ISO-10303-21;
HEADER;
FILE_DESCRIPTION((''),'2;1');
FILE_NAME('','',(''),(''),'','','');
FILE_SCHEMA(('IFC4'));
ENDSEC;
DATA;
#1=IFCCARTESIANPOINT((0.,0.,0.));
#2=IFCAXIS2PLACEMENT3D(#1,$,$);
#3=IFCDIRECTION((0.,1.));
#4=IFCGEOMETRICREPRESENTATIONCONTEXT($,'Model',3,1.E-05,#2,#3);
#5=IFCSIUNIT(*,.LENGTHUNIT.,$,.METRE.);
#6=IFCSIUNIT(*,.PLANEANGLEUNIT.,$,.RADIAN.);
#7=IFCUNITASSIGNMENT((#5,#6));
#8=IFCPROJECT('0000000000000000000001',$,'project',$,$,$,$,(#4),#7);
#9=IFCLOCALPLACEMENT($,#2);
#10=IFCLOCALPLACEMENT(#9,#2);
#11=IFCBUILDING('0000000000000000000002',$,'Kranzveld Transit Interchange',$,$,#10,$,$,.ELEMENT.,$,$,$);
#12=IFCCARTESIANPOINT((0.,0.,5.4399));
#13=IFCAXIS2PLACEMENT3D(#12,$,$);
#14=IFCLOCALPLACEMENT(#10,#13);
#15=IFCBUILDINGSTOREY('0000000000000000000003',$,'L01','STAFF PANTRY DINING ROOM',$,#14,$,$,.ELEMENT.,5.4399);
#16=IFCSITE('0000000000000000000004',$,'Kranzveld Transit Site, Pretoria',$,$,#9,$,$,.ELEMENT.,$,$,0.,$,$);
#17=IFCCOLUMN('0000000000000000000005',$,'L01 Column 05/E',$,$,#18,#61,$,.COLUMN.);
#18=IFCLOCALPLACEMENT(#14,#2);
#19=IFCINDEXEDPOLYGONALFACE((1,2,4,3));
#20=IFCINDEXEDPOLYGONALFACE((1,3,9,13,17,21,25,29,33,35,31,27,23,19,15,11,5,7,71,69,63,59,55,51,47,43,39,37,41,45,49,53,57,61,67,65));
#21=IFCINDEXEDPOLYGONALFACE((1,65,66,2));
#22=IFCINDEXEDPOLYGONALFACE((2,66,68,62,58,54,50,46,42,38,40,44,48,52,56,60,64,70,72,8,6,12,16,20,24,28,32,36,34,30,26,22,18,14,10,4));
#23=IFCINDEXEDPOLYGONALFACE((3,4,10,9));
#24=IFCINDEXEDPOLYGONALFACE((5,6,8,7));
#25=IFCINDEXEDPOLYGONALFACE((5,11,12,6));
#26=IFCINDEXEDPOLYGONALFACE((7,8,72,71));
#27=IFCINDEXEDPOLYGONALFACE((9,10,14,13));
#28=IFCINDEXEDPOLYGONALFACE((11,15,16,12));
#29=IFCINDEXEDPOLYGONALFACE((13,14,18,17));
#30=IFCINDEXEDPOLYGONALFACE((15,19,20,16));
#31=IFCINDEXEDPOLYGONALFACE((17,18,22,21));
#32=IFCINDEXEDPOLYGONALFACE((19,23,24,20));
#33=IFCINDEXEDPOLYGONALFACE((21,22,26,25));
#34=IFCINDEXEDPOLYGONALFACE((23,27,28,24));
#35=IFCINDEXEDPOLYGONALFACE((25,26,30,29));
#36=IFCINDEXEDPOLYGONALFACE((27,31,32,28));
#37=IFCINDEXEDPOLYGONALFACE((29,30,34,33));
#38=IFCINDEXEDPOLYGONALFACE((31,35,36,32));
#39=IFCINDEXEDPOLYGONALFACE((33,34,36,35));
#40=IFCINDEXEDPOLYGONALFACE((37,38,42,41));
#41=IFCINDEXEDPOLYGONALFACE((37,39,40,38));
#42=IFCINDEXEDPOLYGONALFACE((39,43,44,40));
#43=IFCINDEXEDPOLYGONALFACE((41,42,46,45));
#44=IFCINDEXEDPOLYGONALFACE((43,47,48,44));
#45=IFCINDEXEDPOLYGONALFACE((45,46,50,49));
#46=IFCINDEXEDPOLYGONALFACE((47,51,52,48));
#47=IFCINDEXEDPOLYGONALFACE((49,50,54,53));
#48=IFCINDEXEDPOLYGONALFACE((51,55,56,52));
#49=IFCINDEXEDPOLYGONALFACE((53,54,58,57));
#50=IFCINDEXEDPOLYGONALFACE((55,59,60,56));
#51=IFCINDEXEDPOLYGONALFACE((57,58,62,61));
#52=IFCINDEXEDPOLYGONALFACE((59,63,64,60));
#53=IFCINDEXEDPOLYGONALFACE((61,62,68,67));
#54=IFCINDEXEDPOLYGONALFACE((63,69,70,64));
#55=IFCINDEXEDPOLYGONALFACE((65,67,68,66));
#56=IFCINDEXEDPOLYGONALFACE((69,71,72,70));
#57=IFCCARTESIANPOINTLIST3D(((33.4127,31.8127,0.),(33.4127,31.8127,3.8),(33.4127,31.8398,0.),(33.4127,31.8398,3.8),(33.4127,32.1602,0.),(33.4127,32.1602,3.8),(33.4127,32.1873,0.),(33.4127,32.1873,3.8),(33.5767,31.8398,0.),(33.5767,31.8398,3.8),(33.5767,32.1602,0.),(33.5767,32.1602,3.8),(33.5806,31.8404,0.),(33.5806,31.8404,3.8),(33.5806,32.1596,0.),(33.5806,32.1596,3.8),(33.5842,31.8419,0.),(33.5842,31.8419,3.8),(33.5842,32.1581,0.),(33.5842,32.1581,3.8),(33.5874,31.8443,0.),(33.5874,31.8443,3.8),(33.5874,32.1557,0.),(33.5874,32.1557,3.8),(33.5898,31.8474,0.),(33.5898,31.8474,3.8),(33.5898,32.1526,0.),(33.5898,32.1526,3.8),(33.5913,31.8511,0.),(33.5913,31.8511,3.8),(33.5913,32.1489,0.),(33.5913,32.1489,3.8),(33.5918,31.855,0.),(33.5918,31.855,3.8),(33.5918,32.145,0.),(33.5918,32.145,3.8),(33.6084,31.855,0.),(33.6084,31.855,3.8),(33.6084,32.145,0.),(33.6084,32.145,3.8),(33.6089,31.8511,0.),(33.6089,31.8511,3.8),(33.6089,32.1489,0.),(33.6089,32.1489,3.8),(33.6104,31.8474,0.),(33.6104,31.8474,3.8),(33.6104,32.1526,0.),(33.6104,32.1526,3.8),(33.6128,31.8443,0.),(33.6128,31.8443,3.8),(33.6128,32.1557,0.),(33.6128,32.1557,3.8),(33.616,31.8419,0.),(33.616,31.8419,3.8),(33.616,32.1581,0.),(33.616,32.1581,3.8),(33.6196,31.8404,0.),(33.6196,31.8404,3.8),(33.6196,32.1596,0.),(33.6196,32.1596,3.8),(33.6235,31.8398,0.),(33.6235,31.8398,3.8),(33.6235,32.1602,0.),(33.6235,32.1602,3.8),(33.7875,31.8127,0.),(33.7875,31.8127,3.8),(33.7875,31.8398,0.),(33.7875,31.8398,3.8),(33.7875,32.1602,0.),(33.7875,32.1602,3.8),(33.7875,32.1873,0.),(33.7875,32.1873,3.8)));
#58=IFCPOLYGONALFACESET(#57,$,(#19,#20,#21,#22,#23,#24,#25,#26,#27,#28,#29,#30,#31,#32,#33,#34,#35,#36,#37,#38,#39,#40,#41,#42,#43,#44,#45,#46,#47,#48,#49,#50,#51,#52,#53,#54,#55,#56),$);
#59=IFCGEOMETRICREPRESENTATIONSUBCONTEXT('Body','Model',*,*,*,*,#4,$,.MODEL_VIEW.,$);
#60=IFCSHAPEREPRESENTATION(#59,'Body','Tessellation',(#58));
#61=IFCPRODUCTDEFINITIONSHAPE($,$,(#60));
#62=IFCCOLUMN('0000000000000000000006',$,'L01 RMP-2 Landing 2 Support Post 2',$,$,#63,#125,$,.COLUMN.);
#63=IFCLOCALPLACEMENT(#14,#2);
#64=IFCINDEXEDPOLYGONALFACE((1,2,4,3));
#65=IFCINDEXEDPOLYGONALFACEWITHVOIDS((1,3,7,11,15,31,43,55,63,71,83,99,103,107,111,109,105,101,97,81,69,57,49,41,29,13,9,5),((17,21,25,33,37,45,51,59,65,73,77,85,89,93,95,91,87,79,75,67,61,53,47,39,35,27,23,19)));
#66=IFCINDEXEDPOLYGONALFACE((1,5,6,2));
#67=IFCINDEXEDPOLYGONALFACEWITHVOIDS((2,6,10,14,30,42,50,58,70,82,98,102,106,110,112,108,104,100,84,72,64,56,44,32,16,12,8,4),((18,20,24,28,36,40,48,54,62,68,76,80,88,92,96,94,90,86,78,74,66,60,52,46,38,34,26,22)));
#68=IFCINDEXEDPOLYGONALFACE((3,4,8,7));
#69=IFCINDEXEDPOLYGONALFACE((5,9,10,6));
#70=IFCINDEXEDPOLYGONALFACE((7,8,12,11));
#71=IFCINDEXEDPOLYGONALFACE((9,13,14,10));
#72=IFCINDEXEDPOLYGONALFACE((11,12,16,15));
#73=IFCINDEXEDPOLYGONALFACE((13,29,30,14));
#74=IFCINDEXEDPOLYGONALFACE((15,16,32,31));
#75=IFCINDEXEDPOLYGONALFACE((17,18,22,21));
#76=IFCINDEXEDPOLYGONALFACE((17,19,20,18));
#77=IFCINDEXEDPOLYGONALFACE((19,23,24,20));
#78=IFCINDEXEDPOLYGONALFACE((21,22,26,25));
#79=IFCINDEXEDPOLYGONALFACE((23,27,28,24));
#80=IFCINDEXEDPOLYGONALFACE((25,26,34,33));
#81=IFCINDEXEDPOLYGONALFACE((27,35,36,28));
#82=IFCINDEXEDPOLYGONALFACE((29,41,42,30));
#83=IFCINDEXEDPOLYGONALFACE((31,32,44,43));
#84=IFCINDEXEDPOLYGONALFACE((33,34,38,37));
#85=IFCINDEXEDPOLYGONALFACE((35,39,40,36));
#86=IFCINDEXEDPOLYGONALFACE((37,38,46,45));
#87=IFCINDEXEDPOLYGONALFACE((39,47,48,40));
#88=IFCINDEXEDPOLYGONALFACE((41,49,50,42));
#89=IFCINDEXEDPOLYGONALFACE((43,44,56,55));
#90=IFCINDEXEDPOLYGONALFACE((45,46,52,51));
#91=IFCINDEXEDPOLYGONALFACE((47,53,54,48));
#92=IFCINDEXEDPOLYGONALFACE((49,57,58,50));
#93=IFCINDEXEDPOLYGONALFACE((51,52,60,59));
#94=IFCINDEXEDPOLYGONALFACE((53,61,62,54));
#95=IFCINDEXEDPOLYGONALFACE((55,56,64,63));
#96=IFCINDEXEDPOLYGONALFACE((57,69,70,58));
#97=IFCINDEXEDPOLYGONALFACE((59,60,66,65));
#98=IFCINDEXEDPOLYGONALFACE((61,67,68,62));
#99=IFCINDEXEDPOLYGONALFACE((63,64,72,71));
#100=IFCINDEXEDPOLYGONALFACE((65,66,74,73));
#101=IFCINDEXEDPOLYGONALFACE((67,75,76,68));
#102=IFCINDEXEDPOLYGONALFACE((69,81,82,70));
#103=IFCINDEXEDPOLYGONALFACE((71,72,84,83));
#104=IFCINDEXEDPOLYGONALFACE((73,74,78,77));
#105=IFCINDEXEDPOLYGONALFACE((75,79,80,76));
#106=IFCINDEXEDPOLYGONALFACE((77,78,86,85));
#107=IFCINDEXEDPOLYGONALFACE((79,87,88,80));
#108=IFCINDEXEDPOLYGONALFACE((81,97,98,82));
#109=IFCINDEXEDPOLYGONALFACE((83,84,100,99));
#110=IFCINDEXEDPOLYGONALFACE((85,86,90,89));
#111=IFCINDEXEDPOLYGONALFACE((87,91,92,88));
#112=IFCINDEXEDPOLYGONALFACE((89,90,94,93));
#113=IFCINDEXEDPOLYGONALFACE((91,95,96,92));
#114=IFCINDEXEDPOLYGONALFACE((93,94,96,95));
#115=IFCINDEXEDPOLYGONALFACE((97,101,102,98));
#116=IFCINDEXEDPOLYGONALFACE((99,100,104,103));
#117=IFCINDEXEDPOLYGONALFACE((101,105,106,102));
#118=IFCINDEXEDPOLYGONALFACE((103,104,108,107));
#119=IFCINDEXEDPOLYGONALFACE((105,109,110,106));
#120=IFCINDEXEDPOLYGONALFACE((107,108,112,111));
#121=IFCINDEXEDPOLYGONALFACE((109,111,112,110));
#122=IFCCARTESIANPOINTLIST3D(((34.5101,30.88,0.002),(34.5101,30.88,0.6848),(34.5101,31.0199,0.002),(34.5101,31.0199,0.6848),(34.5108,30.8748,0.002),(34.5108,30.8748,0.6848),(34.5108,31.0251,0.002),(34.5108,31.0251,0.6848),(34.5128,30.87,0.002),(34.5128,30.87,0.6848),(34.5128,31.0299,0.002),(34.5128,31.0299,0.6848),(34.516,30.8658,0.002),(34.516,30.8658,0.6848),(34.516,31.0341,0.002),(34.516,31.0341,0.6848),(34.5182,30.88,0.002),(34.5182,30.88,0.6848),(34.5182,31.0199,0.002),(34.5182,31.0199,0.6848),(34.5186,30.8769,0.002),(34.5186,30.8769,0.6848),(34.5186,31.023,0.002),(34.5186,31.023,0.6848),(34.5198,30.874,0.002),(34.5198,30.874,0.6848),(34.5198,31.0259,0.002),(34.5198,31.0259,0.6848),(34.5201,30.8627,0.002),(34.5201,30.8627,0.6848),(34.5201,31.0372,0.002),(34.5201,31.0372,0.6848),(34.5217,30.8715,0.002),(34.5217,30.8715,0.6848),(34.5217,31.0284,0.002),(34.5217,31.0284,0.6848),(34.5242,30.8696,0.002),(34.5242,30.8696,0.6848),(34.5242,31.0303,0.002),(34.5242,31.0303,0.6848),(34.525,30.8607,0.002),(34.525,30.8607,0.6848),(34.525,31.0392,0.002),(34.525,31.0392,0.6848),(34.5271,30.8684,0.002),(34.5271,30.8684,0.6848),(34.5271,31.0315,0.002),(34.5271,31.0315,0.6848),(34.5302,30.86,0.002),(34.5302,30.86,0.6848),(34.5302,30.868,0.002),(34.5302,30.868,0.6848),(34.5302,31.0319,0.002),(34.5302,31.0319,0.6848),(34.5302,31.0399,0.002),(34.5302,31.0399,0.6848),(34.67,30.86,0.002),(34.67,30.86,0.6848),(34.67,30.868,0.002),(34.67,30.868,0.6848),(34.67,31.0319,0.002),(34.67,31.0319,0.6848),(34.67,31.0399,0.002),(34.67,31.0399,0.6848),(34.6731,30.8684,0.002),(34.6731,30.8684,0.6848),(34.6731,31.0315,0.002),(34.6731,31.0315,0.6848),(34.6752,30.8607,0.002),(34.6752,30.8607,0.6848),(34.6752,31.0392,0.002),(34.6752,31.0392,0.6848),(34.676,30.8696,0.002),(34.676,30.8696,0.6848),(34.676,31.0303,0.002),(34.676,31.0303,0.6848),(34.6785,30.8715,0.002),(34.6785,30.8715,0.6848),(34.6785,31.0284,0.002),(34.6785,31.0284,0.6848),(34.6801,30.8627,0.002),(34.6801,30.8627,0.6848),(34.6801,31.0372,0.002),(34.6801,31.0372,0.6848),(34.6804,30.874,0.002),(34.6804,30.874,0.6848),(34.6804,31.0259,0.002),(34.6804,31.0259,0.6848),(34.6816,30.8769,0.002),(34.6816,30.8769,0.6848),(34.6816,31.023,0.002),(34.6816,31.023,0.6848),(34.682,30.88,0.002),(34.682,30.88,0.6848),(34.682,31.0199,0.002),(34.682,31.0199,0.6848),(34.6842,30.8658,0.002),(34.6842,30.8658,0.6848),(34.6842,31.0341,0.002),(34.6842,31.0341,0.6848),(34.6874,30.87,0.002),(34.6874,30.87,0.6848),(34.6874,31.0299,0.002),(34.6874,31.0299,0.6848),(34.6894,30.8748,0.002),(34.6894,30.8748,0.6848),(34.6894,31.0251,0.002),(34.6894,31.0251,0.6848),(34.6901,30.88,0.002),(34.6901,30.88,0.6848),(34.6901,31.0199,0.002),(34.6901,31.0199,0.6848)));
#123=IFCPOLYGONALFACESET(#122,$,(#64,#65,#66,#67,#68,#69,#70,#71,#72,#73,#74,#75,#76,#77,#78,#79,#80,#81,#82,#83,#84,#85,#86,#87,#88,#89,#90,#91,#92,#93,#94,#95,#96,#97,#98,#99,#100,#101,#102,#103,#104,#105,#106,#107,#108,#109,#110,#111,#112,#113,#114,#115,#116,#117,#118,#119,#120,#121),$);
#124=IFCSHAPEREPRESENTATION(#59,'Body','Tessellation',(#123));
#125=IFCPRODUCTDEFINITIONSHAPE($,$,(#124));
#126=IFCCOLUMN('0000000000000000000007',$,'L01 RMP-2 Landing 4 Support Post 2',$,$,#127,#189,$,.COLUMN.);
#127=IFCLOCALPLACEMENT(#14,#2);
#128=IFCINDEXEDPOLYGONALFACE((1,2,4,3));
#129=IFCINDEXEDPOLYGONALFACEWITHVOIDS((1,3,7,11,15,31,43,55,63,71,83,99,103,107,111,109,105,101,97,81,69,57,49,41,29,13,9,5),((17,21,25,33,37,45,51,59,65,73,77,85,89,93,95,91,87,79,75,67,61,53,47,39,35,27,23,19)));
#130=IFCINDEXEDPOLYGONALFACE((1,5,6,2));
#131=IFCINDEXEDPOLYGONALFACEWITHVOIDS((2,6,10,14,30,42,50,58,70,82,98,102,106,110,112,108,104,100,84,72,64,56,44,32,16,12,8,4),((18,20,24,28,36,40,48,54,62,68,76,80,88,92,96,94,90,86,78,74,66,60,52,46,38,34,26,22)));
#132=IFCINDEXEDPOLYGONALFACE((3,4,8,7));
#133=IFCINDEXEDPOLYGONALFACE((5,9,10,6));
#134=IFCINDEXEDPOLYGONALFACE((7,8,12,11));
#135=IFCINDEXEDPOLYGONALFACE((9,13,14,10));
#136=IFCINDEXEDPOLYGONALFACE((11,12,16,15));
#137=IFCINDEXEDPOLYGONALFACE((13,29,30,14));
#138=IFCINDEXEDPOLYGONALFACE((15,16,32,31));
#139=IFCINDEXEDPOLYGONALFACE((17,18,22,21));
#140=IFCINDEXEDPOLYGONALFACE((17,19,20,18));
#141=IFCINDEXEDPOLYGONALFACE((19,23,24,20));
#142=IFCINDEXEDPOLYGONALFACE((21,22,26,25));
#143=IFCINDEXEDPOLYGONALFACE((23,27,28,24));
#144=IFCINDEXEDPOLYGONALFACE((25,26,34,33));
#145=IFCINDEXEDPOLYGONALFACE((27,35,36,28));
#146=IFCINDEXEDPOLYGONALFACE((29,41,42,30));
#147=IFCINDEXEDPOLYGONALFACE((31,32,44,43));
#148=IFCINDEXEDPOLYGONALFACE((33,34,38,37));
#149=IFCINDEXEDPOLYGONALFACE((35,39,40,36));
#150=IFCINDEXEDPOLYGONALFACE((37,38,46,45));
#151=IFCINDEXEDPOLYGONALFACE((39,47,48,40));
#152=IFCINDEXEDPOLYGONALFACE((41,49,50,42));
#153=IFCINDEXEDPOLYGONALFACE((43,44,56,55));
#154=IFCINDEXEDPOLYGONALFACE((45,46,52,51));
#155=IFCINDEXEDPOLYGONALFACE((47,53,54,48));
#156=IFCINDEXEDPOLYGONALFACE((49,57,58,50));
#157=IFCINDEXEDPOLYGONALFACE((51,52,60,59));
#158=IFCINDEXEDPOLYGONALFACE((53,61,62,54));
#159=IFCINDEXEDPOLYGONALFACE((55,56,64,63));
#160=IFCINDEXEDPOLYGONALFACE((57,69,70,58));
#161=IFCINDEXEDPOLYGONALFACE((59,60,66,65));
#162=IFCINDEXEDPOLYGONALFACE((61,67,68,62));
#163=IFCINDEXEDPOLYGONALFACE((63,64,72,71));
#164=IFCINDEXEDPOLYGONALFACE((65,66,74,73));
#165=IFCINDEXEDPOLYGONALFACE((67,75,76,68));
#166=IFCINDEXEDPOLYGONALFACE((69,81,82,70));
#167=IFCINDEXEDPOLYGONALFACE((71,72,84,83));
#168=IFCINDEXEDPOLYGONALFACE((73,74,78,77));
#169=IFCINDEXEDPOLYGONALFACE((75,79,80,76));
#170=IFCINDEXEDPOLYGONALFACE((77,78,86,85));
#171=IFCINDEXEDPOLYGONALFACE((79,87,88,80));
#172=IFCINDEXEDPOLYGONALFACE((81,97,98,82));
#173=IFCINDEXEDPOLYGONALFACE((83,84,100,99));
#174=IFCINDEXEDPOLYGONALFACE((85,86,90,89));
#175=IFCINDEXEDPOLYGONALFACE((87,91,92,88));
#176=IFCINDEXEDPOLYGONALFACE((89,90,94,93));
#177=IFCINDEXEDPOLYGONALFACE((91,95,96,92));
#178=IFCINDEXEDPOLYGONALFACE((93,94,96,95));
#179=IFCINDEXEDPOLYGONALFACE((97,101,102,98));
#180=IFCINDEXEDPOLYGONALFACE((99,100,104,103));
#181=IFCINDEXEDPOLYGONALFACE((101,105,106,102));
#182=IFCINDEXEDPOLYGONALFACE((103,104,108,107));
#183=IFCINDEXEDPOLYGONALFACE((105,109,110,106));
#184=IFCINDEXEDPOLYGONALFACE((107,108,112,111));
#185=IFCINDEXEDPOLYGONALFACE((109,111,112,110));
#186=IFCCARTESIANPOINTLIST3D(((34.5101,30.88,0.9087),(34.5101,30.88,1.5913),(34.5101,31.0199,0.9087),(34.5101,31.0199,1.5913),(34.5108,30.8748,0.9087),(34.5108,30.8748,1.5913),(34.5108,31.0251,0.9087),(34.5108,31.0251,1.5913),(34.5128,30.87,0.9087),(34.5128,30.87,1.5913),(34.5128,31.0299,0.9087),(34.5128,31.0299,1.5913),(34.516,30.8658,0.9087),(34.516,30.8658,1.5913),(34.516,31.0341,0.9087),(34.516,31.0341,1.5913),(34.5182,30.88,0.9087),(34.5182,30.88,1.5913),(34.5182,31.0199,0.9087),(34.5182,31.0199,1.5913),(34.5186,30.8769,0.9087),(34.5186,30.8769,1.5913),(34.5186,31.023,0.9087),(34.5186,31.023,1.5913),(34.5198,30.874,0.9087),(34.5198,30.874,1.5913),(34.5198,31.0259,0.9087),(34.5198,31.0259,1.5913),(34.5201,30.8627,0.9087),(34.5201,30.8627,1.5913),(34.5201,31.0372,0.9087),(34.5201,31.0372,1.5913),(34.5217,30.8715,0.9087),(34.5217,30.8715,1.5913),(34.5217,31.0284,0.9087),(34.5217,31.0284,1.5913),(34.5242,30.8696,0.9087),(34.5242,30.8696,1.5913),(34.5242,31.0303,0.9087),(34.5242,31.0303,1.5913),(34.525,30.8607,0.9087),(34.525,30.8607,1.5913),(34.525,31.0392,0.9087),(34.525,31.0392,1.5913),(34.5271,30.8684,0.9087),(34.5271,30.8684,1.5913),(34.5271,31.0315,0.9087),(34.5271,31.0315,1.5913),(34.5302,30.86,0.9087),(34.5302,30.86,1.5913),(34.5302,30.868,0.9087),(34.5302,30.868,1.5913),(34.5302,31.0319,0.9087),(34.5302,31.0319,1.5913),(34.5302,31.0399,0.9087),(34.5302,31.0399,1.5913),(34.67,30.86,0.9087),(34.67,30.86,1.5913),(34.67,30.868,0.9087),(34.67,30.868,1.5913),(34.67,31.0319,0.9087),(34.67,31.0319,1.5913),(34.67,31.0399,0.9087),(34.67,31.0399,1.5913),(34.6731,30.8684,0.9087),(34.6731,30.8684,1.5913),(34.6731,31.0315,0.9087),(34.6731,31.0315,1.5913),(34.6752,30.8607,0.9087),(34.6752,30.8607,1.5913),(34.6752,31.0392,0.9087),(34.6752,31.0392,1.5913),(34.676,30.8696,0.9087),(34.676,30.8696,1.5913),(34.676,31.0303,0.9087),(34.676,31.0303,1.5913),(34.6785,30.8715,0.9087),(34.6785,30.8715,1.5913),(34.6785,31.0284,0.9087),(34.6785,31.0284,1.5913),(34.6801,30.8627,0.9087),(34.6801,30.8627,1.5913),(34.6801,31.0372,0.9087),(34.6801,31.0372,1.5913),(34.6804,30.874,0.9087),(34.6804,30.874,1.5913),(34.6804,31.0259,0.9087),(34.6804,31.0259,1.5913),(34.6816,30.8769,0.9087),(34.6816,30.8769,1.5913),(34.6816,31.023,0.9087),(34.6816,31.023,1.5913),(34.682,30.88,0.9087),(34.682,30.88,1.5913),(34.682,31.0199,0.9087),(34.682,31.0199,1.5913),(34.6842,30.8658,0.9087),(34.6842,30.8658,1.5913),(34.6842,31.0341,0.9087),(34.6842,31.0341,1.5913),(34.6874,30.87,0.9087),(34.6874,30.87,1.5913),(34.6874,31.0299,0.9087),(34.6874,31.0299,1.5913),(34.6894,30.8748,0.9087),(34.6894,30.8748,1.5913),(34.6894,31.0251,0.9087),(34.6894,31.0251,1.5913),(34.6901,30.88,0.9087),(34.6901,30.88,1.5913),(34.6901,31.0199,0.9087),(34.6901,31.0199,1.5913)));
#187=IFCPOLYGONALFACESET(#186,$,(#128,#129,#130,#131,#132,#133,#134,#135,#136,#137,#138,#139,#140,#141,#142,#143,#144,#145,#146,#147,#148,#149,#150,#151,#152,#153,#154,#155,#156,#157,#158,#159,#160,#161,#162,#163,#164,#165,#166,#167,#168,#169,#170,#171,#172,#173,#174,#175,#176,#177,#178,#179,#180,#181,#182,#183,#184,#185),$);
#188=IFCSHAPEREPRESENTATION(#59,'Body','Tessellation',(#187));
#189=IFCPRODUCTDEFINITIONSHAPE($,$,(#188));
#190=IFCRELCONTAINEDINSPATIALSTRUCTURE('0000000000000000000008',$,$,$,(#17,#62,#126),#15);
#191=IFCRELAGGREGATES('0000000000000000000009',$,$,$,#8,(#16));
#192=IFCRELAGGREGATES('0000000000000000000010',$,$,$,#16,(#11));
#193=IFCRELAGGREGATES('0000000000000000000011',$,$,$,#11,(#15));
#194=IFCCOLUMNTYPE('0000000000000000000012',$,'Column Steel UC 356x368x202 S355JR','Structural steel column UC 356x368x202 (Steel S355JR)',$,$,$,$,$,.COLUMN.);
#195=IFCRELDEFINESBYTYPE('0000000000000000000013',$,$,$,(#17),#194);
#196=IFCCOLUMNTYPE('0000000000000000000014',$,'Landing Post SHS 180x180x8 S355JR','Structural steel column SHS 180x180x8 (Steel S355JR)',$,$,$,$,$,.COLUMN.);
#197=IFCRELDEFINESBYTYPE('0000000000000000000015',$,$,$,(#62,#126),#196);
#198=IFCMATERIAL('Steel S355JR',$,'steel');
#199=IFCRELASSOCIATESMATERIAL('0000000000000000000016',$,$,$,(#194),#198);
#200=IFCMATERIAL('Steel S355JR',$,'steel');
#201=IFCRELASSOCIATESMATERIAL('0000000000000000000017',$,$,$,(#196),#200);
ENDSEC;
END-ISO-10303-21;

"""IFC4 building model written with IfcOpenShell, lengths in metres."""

from ifc_helpers import new_model, si_unit, direction, frame, origin, origin_2d, place, context, subcontext, project, spatial, hollow_rectangle, i_section, extrude, material, material_profile, profile_set, type_object, element, save


model = new_model("IFC4")

# Units and contexts
model_context = context("Model", 3, precision=1e-05, world=origin(), true_north=direction((0.0, 1.0)))
body_context = subcontext(model_context, "Body", "Model", "MODEL_VIEW")
ifc_project = project(units=[si_unit("LENGTHUNIT", "METRE"), si_unit("PLANEANGLEUNIT", "RADIAN")], contexts=[model_context])

# Site, building, storey
site_placement = place(None, origin())
site = spatial("IfcSite", under=ifc_project, at=site_placement, Name="Kranzveld Transit Site, Pretoria", CompositionType="ELEMENT", RefElevation=0.0)
building_placement = place(site_placement, origin())
building = spatial("IfcBuilding", under=site, at=building_placement, Name="Kranzveld Transit Interchange", CompositionType="ELEMENT")
storey_placement = place(building_placement, frame((0.0, 0.0, 5.4399)))
storey = spatial("IfcBuildingStorey", under=building, at=storey_placement, Name="L01", Description="STAFF PANTRY DINING ROOM", CompositionType="ELEMENT", Elevation=5.4399)

# Columns
ifc_material_1 = material(Name="Steel S355JR", Category="steel")
ifc_material_profile_1 = material_profile(ifc_material_1, i_section(OverallWidth=0.3748, OverallDepth=0.3745, WebThickness=0.0166, FlangeThickness=0.0271, FilletRadius=0.0151, at=origin_2d()), Name="UC 356x368x202")
ifc_profile_set_1 = profile_set([ifc_material_profile_1], Name="Steel S355JR")
column_type_1 = type_object("IfcColumnType", Name="Column Steel UC 356x368x202 S355JR", Description="Structural steel column UC 356x368x202 (Steel S355JR)", PredefinedType="COLUMN", material=ifc_profile_set_1)
column_1_placement = place(storey_placement, frame((33.6001, 32.0, 0.0), z_axis=(0.0, 0.0, 1.0), x_axis=(1.0, 0.0, 0.0)))
element("IfcColumn", 1, at=column_1_placement, inside=storey, type_object=column_type_1, Name="L01 Column 05/E", PredefinedType="COLUMN", context=body_context, shape_type="SweptSolid", body=[
    extrude(i_section(OverallWidth=0.3748, OverallDepth=0.3745, WebThickness=0.0166, FlangeThickness=0.0271, FilletRadius=0.0151, at=origin_2d()), origin(), (0.0, 0.0, 1.0), 3.8),
])
ifc_material_2 = material(Name="Steel S355JR", Category="steel")
ifc_material_profile_2 = material_profile(ifc_material_2, hollow_rectangle(XDim=0.1799, YDim=0.1799, WallThickness=0.0081, InnerFilletRadius=0.012, OuterFilletRadius=0.02, at=origin_2d()), Name="SHS 180x180x8")
ifc_profile_set_2 = profile_set([ifc_material_profile_2], Name="Steel S355JR")
column_type_2 = type_object("IfcColumnType", Name="Landing Post SHS 180x180x8 S355JR", Description="Structural steel column SHS 180x180x8 (Steel S355JR)", PredefinedType="COLUMN", material=ifc_profile_set_2)
column_2_placement = place(storey_placement, frame((34.6001, 30.95, 0.002), z_axis=(0.0, 0.0, 1.0), x_axis=(1.0, 0.0, 0.0)))
element("IfcColumn", 2, at=column_2_placement, inside=storey, type_object=column_type_2, Name="L01 RMP-2 Landing 2 Support Post 2", PredefinedType="COLUMN", context=body_context, shape_type="SweptSolid", body=[
    extrude(hollow_rectangle(XDim=0.1799, YDim=0.1799, WallThickness=0.0081, InnerFilletRadius=0.012, OuterFilletRadius=0.02, at=origin_2d()), origin(), (0.0, 0.0, 1.0), 0.6829),
])
for number, where, z_axis, x_axis, name in (
    (3, (34.6001, 30.95, 0.9087), (0.0, 0.0, 1.0), (1.0, 0.0, 0.0), "L01 RMP-2 Landing 4 Support Post 2"),
):
    element("IfcColumn", number, at=place(storey_placement, frame(where, z_axis=z_axis, x_axis=x_axis)), inside=storey, type_object=column_type_2, Name=name, PredefinedType="COLUMN", context=body_context, shape_type="SweptSolid", body=[
        extrude(hollow_rectangle(XDim=0.1799, YDim=0.1799, WallThickness=0.0081, InnerFilletRadius=0.012, OuterFilletRadius=0.02, at=origin_2d()), origin(), (0.0, 0.0, 1.0), 0.6826),
    ])

save(model, "model.ifc")
